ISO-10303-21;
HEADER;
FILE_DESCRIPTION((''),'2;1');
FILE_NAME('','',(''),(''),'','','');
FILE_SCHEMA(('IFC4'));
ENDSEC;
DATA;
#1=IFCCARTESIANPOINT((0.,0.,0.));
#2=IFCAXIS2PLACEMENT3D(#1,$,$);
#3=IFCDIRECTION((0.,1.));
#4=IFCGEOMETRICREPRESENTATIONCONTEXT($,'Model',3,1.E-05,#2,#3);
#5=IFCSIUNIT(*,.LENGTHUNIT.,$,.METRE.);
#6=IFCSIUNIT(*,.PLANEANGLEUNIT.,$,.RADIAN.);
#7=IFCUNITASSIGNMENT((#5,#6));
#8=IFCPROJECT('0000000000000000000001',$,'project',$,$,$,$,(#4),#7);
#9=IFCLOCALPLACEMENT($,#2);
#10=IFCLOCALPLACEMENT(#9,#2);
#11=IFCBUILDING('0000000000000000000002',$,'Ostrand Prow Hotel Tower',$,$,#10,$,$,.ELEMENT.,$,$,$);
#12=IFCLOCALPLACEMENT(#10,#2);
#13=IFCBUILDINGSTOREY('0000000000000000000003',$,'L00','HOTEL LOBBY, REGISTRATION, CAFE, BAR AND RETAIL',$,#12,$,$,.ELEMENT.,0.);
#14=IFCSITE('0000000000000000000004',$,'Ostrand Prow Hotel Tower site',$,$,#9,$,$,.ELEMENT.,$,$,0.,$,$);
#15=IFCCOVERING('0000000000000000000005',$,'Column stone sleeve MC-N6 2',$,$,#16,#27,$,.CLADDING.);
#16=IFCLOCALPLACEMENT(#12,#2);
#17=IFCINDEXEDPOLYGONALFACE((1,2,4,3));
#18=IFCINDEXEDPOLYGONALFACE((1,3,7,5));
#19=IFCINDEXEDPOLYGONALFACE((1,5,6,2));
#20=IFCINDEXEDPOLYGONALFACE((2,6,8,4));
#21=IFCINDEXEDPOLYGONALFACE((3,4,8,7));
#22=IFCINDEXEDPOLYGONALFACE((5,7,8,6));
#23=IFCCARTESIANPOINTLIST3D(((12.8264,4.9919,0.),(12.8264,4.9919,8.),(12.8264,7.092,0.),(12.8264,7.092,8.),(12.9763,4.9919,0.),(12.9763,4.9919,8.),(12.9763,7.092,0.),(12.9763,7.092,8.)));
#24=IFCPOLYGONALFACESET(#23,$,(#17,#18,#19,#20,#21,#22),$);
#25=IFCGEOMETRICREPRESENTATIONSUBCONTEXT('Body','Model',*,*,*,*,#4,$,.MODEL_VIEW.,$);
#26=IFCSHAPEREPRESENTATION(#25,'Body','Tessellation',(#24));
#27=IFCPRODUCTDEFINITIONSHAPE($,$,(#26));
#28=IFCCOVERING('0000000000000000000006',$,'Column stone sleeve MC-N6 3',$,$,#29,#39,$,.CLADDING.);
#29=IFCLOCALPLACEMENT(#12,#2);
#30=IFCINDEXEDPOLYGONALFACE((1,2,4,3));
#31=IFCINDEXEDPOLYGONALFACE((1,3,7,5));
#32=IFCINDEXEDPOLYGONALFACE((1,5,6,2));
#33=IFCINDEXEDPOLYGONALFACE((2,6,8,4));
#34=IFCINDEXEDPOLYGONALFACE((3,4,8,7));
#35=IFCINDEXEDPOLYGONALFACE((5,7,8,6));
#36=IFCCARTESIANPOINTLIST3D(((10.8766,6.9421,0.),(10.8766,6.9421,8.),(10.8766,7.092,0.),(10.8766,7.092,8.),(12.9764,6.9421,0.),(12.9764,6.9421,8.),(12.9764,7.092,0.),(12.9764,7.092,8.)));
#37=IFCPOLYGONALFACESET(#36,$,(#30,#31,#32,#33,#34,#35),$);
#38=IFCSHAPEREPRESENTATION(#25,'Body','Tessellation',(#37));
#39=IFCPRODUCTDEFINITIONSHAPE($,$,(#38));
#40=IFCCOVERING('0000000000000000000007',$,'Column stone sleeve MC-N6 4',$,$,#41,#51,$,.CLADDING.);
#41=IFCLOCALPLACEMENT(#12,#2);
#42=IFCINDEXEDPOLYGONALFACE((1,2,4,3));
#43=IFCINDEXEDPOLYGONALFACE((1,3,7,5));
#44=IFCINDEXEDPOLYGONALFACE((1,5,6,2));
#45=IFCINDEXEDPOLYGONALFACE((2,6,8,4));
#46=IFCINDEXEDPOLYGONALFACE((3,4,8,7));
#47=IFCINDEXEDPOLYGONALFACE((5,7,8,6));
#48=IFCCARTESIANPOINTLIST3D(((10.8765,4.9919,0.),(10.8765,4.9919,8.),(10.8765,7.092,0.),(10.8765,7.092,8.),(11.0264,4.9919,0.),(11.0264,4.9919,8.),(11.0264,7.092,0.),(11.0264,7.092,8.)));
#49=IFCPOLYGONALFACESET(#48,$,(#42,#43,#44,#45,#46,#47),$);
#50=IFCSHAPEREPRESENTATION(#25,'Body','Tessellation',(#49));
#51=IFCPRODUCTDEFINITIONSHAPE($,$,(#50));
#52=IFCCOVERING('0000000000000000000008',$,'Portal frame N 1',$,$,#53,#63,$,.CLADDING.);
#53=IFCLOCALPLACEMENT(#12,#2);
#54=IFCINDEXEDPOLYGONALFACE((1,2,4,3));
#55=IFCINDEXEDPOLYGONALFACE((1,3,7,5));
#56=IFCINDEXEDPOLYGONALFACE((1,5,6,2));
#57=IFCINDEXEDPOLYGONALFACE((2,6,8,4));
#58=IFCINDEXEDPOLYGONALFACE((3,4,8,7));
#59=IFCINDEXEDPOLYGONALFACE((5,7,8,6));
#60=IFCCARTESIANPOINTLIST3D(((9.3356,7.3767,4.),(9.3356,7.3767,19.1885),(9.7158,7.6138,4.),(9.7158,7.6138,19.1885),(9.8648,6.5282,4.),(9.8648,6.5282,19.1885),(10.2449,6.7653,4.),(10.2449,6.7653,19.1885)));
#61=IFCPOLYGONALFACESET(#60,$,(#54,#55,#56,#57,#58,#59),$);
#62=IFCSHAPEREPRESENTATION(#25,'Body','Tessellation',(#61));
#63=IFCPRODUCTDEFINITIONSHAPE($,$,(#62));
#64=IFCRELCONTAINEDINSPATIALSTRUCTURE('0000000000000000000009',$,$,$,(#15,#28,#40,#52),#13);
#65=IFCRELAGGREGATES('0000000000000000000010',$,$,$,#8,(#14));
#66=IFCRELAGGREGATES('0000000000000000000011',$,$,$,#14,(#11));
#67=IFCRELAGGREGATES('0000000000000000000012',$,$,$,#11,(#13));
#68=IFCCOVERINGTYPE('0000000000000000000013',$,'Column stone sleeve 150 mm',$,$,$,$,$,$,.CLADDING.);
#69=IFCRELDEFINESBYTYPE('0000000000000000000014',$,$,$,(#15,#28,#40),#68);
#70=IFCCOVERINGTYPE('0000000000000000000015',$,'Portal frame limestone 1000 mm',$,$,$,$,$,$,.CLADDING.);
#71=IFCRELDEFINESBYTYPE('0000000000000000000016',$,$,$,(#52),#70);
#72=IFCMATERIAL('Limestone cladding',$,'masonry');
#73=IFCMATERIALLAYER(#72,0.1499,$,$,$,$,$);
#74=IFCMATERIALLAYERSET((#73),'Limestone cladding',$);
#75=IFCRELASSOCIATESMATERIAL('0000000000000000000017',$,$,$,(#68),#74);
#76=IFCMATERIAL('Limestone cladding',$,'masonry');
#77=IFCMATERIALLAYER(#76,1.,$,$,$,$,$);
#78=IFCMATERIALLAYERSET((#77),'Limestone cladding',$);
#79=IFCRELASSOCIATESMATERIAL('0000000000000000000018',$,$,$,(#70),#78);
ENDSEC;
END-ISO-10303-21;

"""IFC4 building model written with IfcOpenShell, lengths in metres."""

from ifc_helpers import new_model, si_unit, direction, frame, frame_2d, origin, place, context, subcontext, project, spatial, rectangle, extrude, material, layer, layer_set, type_object, element, save


model = new_model("IFC4")

# Units and contexts
model_context = context("Model", 3, precision=1e-05, world=origin(), true_north=direction((0.0, 1.0)))
body_context = subcontext(model_context, "Body", "Model", "MODEL_VIEW")
ifc_project = project(units=[si_unit("LENGTHUNIT", "METRE"), si_unit("PLANEANGLEUNIT", "RADIAN")], contexts=[model_context])

# Site, building, storey
site_placement = place(None, origin())
site = spatial("IfcSite", under=ifc_project, at=site_placement, Name="Ostrand Prow Hotel Tower site", CompositionType="ELEMENT", RefElevation=0.0)
building_placement = place(site_placement, origin())
building = spatial("IfcBuilding", under=site, at=building_placement, Name="Ostrand Prow Hotel Tower", CompositionType="ELEMENT")
storey_placement = place(building_placement, origin())
storey = spatial("IfcBuildingStorey", under=building, at=storey_placement, Name="L00", Description="HOTEL LOBBY, REGISTRATION, CAFE, BAR AND RETAIL", CompositionType="ELEMENT", Elevation=0.0)

# Coverings
ifc_material_1 = material(Name="Limestone cladding", Category="masonry")
ifc_layer_1 = layer(ifc_material_1, 0.1499)
ifc_layer_set_1 = layer_set([ifc_layer_1], Name="Limestone cladding")
covering_type_1 = type_object("IfcCoveringType", Name="Column stone sleeve 150 mm", PredefinedType="CLADDING", material=ifc_layer_set_1)
covering_1_placement = place(storey_placement, frame((12.9014, 4.9919, 0.0), z_axis=(0.0, 0.0, 1.0), x_axis=(0.0, 1.0, 0.0)))
element("IfcCovering", 1, at=covering_1_placement, inside=storey, type_object=covering_type_1, Name="Column stone sleeve MC-N6 2", PredefinedType="CLADDING", context=body_context, shape_type="SweptSolid", body=[
    extrude(rectangle(XDim=2.1001, YDim=0.1499, at=frame_2d((1.05, 0.0))), origin(), (0.0, 0.0, 1.0), 8.0),
])
covering_2_placement = place(storey_placement, frame((12.9763, 7.0171, 0.0), z_axis=(0.0, 0.0, 1.0), x_axis=(-1.0, 0.0, 0.0)))
element("IfcCovering", 2, at=covering_2_placement, inside=storey, type_object=covering_type_1, Name="Column stone sleeve MC-N6 3", PredefinedType="CLADDING", context=body_context, shape_type="SweptSolid", body=[
    extrude(rectangle(XDim=2.0999, YDim=0.1499, at=frame_2d((1.0498, 0.0))), origin(), (0.0, 0.0, 1.0), 8.0),
])
covering_3_placement = place(storey_placement, frame((10.9514, 7.092, 0.0), z_axis=(0.0, 0.0, 1.0), x_axis=(0.0, -1.0, 0.0)))
element("IfcCovering", 3, at=covering_3_placement, inside=storey, type_object=covering_type_1, Name="Column stone sleeve MC-N6 4", PredefinedType="CLADDING", context=body_context, shape_type="SweptSolid", body=[
    extrude(rectangle(XDim=2.1001, YDim=0.1499, at=frame_2d((1.05, 0.0))), origin(), (0.0, 0.0, 1.0), 8.0),
])
ifc_material_2 = material(Name="Limestone cladding", Category="masonry")
ifc_layer_2 = layer(ifc_material_2, 1.0)
ifc_layer_set_2 = layer_set([ifc_layer_2], Name="Limestone cladding")
covering_type_2 = type_object("IfcCoveringType", Name="Portal frame limestone 1000 mm", PredefinedType="CLADDING", material=ifc_layer_set_2)
covering_4_placement = place(storey_placement, frame((9.6001, 6.9524, 4.0), z_axis=(0.0, 0.0, 1.0), x_axis=(0.848518, 0.529166, 0.0)))
element("IfcCovering", 4, at=covering_4_placement, inside=storey, type_object=covering_type_2, Name="Portal frame N 1", PredefinedType="CLADDING", context=body_context, shape_type="SweptSolid", body=[
    extrude(rectangle(XDim=0.448, YDim=1.0, at=frame_2d((0.2241, 0.0))), origin(), (0.0, 0.0, 1.0), 15.1885),
])

save(model, "model.ifc")
